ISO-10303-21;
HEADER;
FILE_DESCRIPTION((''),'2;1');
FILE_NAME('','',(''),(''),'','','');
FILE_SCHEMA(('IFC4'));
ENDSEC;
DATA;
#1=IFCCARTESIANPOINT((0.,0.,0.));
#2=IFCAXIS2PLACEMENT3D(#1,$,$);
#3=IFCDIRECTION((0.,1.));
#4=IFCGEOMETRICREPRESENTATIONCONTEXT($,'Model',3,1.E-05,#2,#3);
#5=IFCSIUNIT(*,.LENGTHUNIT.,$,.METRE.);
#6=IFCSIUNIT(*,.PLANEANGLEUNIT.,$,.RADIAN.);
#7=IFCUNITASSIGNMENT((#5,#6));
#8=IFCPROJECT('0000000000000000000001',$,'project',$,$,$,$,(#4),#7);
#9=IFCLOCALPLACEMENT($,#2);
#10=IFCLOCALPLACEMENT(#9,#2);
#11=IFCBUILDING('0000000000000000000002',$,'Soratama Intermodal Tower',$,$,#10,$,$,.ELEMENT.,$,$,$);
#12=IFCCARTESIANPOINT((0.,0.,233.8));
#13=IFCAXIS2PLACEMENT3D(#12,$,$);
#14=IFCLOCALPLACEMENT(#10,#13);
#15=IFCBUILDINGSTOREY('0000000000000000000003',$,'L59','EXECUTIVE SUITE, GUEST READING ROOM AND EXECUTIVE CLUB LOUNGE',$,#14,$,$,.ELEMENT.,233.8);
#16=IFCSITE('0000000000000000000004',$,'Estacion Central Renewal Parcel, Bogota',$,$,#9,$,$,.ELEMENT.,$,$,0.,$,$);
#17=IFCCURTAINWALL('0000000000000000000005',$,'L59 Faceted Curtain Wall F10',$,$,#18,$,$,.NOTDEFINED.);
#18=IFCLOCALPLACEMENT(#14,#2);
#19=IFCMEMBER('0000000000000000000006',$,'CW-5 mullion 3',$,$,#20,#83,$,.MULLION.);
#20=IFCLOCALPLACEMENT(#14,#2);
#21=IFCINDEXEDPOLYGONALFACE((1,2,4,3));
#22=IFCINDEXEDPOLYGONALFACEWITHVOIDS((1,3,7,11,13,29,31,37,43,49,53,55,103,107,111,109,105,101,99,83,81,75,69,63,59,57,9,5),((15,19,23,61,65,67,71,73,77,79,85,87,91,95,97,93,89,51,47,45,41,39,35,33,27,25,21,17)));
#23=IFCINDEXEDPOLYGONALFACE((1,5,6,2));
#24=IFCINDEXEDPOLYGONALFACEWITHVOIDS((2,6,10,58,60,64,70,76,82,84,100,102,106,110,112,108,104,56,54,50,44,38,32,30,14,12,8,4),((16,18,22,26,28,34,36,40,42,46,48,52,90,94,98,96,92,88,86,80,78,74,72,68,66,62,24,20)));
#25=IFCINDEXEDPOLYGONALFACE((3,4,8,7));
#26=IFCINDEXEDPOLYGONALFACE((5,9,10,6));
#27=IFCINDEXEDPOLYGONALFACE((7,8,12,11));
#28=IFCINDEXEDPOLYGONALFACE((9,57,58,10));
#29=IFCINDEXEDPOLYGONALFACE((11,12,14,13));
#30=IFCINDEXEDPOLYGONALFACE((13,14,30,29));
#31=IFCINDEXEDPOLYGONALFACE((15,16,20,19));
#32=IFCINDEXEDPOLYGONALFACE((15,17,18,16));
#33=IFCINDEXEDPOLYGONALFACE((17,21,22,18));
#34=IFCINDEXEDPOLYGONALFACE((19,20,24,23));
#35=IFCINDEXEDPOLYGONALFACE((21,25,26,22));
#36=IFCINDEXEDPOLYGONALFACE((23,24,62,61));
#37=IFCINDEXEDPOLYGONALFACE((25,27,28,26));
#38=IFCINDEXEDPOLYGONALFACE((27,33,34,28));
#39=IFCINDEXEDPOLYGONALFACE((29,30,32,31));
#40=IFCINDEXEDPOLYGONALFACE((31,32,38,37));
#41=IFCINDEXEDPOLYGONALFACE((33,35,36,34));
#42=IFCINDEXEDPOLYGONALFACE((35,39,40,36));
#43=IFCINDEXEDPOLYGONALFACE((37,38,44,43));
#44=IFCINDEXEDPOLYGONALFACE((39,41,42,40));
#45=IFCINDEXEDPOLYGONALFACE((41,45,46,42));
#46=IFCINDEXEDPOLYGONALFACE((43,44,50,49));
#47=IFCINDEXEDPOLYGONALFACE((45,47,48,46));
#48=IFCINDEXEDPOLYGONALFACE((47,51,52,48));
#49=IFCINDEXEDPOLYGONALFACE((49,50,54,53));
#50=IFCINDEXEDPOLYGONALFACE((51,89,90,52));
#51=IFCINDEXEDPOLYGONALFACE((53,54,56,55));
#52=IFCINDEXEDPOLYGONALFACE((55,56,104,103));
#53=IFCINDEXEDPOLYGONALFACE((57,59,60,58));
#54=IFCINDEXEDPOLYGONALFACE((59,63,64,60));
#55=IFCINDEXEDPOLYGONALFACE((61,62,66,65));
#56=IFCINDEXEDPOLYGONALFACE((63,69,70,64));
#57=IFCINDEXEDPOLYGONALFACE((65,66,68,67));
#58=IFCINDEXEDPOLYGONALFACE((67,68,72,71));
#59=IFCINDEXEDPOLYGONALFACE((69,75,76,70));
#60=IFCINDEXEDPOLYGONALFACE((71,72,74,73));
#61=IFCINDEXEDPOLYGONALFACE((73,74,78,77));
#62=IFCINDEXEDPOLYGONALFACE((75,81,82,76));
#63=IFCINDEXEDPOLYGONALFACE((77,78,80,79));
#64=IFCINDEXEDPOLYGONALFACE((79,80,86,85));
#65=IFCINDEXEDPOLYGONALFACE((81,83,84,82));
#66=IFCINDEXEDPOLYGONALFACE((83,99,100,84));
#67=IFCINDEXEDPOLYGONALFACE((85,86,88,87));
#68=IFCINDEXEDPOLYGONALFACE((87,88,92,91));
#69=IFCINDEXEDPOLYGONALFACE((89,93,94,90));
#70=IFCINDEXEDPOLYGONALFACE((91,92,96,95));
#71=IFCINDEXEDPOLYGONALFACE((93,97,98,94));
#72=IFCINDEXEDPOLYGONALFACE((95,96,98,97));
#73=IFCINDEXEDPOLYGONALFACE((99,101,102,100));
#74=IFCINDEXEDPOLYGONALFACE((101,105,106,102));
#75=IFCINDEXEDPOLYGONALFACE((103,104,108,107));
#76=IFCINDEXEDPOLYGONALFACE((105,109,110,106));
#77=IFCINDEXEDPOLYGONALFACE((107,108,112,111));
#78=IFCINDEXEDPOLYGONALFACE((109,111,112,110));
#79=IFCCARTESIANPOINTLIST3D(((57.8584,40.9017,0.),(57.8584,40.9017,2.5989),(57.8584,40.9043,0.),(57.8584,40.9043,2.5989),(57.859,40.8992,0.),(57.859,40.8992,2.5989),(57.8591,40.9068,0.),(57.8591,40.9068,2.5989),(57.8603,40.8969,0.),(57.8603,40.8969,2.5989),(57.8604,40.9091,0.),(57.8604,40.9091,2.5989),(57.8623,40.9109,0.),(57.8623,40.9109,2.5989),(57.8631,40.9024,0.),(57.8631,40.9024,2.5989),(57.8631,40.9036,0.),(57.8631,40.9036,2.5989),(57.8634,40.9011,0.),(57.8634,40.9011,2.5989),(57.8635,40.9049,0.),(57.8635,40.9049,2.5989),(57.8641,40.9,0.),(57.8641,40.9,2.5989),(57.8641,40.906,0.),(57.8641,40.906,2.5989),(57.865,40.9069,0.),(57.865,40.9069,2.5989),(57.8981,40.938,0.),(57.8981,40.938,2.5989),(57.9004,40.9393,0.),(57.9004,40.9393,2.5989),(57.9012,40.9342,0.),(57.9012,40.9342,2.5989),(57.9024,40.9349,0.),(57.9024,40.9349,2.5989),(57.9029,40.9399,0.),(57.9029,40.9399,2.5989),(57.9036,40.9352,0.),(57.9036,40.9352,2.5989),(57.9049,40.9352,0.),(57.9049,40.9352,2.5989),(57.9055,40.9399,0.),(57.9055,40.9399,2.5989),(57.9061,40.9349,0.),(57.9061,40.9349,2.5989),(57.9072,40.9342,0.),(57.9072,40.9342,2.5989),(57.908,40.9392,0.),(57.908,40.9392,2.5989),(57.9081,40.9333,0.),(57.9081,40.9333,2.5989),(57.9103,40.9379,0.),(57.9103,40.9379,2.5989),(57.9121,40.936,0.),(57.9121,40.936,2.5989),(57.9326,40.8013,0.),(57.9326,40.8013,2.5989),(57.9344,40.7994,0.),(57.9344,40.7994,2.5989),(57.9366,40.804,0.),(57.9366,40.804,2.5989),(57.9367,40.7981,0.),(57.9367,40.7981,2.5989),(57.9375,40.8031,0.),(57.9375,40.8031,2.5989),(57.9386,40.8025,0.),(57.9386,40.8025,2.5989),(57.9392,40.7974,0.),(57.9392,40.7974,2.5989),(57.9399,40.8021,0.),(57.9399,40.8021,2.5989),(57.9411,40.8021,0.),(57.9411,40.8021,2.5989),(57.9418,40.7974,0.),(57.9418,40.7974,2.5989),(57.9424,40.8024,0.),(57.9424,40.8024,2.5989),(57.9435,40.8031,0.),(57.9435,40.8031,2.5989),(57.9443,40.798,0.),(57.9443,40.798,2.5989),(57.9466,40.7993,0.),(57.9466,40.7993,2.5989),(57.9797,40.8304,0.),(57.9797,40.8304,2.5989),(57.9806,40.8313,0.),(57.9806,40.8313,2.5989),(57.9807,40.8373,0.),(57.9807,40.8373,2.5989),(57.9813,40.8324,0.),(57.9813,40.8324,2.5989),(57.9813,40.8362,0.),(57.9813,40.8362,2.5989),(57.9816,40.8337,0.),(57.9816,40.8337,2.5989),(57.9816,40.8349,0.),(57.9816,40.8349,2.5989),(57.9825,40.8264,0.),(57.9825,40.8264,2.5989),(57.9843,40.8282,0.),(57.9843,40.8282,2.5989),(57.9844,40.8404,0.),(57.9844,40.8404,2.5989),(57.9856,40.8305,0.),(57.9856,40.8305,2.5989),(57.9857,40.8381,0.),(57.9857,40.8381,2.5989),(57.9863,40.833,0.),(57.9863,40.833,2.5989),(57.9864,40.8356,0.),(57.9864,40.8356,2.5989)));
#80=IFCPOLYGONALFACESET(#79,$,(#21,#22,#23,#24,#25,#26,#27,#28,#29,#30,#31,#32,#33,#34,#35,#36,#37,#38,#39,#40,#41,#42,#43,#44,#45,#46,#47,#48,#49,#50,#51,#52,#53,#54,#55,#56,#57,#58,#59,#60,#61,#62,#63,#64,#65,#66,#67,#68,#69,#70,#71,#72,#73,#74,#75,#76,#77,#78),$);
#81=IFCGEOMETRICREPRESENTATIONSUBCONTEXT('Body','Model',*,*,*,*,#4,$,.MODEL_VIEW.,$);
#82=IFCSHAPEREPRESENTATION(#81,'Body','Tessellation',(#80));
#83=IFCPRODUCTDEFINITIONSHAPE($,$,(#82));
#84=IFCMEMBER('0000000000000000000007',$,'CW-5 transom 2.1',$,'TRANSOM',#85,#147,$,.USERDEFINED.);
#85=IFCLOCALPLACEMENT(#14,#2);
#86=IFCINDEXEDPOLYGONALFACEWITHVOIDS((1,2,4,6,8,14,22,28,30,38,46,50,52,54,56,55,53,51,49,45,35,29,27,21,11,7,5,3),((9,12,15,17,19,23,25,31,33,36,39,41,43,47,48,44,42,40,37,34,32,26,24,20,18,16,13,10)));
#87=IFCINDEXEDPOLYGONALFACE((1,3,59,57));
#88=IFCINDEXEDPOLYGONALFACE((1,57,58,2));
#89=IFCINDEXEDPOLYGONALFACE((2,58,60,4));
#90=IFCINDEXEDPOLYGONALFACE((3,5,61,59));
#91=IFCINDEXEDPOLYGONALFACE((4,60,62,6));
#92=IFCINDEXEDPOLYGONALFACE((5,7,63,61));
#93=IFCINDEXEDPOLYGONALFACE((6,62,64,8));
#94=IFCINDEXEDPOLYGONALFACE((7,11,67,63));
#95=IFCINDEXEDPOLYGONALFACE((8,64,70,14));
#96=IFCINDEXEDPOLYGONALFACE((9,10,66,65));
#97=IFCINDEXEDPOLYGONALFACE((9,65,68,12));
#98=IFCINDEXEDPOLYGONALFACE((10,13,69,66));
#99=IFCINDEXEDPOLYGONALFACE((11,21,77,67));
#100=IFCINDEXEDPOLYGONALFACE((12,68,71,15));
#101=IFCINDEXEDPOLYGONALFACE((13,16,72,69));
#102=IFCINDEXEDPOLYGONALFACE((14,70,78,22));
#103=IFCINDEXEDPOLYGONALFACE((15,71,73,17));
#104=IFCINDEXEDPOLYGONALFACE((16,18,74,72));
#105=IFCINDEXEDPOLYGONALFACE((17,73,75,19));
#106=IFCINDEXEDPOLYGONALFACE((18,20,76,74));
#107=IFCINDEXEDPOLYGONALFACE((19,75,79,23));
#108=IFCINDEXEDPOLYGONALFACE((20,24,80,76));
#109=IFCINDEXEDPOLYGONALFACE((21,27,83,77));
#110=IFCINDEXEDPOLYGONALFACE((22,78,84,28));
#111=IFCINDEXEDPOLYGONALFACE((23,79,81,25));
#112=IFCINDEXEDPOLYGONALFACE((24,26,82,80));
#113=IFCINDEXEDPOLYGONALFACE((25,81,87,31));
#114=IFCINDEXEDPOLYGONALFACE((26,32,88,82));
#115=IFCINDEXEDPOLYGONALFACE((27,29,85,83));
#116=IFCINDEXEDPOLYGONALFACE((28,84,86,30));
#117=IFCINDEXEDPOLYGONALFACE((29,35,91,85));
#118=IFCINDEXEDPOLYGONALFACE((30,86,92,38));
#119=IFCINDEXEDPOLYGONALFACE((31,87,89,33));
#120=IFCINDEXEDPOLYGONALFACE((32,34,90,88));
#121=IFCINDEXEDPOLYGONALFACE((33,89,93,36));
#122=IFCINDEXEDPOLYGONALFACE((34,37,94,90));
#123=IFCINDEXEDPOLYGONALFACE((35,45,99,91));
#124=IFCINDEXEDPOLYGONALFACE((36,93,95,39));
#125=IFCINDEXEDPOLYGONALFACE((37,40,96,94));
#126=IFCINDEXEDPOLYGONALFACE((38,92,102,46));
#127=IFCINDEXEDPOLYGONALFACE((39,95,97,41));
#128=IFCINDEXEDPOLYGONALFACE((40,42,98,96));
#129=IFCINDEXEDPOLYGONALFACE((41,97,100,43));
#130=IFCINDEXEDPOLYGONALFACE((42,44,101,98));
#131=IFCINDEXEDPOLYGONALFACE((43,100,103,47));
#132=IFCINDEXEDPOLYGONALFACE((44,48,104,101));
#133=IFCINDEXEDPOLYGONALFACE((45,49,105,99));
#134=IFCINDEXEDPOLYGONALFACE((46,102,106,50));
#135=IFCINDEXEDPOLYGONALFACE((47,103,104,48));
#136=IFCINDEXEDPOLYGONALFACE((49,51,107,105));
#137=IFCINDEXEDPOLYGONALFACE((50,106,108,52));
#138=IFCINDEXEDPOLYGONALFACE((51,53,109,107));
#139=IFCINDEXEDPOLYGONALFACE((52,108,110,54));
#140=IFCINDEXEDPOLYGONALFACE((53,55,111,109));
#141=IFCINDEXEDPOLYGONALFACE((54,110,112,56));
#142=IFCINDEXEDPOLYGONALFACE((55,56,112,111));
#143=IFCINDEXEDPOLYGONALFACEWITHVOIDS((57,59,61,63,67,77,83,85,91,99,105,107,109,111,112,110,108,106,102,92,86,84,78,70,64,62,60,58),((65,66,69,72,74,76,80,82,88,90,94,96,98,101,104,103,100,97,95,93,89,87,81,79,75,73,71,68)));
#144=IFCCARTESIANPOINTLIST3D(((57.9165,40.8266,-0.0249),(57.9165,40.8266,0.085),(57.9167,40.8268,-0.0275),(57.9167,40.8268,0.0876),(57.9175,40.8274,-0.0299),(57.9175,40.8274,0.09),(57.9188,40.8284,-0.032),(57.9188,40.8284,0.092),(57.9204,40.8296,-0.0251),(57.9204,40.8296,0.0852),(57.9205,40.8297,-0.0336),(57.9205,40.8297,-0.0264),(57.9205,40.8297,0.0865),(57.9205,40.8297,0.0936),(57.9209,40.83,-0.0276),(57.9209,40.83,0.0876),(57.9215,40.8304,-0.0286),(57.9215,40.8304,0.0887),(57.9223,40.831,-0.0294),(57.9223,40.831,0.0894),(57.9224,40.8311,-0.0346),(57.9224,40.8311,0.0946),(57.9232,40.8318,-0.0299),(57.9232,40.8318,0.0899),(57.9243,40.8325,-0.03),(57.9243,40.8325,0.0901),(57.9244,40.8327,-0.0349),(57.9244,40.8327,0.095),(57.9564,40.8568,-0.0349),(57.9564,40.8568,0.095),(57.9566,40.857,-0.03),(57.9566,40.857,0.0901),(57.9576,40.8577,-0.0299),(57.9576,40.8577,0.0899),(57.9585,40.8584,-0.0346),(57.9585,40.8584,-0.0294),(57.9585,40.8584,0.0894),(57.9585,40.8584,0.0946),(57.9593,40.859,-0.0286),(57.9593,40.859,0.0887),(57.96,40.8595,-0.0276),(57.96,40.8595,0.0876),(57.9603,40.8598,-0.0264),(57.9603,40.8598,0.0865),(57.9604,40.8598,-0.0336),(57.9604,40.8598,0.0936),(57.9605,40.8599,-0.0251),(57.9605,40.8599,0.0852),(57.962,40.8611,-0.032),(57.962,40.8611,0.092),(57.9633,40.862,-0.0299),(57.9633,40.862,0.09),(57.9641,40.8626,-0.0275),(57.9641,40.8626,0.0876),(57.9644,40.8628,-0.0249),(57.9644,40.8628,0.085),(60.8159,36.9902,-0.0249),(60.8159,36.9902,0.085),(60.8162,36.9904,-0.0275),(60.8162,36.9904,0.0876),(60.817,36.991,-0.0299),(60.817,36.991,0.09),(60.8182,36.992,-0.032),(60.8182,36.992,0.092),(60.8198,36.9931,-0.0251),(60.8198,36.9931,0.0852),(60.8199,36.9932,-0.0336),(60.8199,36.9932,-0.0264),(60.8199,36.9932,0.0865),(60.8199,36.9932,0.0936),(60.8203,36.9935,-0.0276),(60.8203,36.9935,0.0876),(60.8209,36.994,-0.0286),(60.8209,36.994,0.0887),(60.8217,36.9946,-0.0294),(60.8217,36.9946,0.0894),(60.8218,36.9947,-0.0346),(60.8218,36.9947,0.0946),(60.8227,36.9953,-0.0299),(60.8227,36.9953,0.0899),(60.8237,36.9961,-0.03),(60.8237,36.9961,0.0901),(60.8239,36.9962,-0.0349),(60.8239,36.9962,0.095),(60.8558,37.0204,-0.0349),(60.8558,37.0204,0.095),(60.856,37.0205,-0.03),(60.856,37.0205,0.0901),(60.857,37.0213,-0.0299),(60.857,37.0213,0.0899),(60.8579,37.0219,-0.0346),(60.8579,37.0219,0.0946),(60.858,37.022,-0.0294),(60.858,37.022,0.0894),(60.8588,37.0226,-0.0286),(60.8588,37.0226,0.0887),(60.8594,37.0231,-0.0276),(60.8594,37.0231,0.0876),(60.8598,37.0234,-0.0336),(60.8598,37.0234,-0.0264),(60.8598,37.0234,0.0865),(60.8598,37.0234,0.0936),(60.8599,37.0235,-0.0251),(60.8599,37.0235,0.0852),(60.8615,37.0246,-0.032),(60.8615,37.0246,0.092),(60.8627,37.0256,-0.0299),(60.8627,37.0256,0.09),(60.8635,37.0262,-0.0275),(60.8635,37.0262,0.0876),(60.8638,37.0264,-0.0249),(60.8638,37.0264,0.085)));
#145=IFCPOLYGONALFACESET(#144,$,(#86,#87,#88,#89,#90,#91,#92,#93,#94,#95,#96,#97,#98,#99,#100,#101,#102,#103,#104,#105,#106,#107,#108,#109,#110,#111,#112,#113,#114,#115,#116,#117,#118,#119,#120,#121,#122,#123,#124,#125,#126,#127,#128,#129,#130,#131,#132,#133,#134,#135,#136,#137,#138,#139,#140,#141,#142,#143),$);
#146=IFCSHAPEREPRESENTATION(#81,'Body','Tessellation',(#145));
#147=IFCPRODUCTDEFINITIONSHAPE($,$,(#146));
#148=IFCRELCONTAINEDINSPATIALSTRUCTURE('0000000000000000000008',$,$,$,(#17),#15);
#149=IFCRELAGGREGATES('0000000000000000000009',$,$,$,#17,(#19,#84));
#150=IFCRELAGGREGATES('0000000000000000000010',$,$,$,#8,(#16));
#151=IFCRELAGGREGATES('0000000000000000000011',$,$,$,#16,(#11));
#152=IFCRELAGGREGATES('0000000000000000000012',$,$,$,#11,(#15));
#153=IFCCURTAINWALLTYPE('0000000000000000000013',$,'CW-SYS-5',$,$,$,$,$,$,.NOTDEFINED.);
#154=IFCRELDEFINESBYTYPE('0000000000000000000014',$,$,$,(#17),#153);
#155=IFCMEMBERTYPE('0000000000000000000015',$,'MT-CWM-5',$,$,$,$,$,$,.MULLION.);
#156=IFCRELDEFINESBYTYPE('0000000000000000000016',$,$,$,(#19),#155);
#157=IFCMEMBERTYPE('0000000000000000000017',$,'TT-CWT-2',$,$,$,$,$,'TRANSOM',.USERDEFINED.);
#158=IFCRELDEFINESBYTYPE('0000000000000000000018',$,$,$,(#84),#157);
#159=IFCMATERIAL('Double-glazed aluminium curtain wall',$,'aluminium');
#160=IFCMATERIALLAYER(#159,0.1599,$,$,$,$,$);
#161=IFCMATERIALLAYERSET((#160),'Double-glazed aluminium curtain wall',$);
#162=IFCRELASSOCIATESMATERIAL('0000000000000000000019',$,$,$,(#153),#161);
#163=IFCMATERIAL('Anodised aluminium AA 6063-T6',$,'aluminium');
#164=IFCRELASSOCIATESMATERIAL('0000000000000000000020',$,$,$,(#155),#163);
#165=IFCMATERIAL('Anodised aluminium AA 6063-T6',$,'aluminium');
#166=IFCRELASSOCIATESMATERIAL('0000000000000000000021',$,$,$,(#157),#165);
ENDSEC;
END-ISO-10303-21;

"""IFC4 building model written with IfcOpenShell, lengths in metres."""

from ifc_helpers import new_model, si_unit, direction, frame, origin, origin_2d, place, context, subcontext, project, spatial, hollow_rectangle, extrude, material, layer, layer_set, material_profile, profile_set, type_object, element, aggregate, save


model = new_model("IFC4")

# Units and contexts
model_context = context("Model", 3, precision=1e-05, world=origin(), true_north=direction((0.0, 1.0)))
body_context = subcontext(model_context, "Body", "Model", "MODEL_VIEW")
ifc_project = project(units=[si_unit("LENGTHUNIT", "METRE"), si_unit("PLANEANGLEUNIT", "RADIAN")], contexts=[model_context])

# Site, building, storey
site_placement = place(None, origin())
site = spatial("IfcSite", under=ifc_project, at=site_placement, Name="Estacion Central Renewal Parcel, Bogota", CompositionType="ELEMENT", RefElevation=0.0)
building_placement = place(site_placement, origin())
building = spatial("IfcBuilding", under=site, at=building_placement, Name="Soratama Intermodal Tower", CompositionType="ELEMENT")
storey_placement = place(building_placement, frame((0.0, 0.0, 233.8)))
storey = spatial("IfcBuildingStorey", under=building, at=storey_placement, Name="L59", Description="EXECUTIVE SUITE, GUEST READING ROOM AND EXECUTIVE CLUB LOUNGE", CompositionType="ELEMENT", Elevation=233.8)

# Curtain wall, members
ifc_material_1 = material(Name="Double-glazed aluminium curtain wall", Category="aluminium")
ifc_layer_1 = layer(ifc_material_1, 0.1599)
ifc_layer_set_1 = layer_set([ifc_layer_1], Name="Double-glazed aluminium curtain wall")
curtain_wall_type = type_object("IfcCurtainWallType", Name="CW-SYS-5", PredefinedType="NOTDEFINED", material=ifc_layer_set_1)
curtain_wall_placement = place(storey_placement, origin())
curtain_wall = element("IfcCurtainWall", 1, at=curtain_wall_placement, inside=storey, type_object=curtain_wall_type, Name="L59 Faceted Curtain Wall F10", PredefinedType="NOTDEFINED")
ifc_material_2 = material(Name="Anodised aluminium AA 6063-T6", Category="aluminium")
ifc_material_profile_1 = material_profile(ifc_material_2, hollow_rectangle(XDim=0.0649, YDim=0.1399, WallThickness=0.0049, InnerFilletRadius=0.0049, OuterFilletRadius=0.01, at=origin_2d()), Name="CWM140X65X5")
ifc_profile_set_1 = profile_set([ifc_material_profile_1], Name="Anodised aluminium AA 6063-T6")
member_type_1 = type_object("IfcMemberType", Name="MT-CWM-5", PredefinedType="MULLION", material=ifc_profile_set_1)
member_1_placement = place(storey_placement, frame((57.9224, 40.8687, 0.0), z_axis=(0.0, 0.0, 1.0), x_axis=(-0.797794, -0.602931, 0.0)))
member_1 = element("IfcMember", 2, at=member_1_placement, type_object=member_type_1, Name="CW-5 mullion 3", PredefinedType="MULLION", context=body_context, shape_type="SweptSolid", body=[
    extrude(hollow_rectangle(XDim=0.0649, YDim=0.1399, WallThickness=0.0049, InnerFilletRadius=0.0049, OuterFilletRadius=0.01, at=origin_2d()), origin(), (0.0, 0.0, 1.0), 2.5989),
])
ifc_material_3 = material(Name="Anodised aluminium AA 6063-T6", Category="aluminium")
ifc_material_profile_2 = material_profile(ifc_material_3, hollow_rectangle(XDim=0.0601, YDim=0.1299, WallThickness=0.0049, InnerFilletRadius=0.0049, OuterFilletRadius=0.01, at=origin_2d()), Name="CWT130X60X5")
ifc_profile_set_2 = profile_set([ifc_material_profile_2], Name="Anodised aluminium AA 6063-T6")
member_type_2 = type_object("IfcMemberType", Name="TT-CWT-2", ElementType="TRANSOM", PredefinedType="USERDEFINED", material=ifc_profile_set_2)
member_2_placement = place(storey_placement, frame((60.8398, 37.0083, 0.03), z_axis=(-0.602937, 0.797789, 0.0), x_axis=(-0.797789, -0.602937, 0.0)))
member_2 = element("IfcMember", 3, at=member_2_placement, type_object=member_type_2, Name="CW-5 transom 2.1", ObjectType="TRANSOM", PredefinedType="USERDEFINED", context=body_context, shape_type="SweptSolid", body=[
    extrude(hollow_rectangle(XDim=0.0601, YDim=0.1299, WallThickness=0.0049, InnerFilletRadius=0.0049, OuterFilletRadius=0.01, at=origin_2d()), origin(), (0.0, 0.0, 1.0), 4.8088),
])
aggregate(curtain_wall, [member_1, member_2])

save(model, "model.ifc")
